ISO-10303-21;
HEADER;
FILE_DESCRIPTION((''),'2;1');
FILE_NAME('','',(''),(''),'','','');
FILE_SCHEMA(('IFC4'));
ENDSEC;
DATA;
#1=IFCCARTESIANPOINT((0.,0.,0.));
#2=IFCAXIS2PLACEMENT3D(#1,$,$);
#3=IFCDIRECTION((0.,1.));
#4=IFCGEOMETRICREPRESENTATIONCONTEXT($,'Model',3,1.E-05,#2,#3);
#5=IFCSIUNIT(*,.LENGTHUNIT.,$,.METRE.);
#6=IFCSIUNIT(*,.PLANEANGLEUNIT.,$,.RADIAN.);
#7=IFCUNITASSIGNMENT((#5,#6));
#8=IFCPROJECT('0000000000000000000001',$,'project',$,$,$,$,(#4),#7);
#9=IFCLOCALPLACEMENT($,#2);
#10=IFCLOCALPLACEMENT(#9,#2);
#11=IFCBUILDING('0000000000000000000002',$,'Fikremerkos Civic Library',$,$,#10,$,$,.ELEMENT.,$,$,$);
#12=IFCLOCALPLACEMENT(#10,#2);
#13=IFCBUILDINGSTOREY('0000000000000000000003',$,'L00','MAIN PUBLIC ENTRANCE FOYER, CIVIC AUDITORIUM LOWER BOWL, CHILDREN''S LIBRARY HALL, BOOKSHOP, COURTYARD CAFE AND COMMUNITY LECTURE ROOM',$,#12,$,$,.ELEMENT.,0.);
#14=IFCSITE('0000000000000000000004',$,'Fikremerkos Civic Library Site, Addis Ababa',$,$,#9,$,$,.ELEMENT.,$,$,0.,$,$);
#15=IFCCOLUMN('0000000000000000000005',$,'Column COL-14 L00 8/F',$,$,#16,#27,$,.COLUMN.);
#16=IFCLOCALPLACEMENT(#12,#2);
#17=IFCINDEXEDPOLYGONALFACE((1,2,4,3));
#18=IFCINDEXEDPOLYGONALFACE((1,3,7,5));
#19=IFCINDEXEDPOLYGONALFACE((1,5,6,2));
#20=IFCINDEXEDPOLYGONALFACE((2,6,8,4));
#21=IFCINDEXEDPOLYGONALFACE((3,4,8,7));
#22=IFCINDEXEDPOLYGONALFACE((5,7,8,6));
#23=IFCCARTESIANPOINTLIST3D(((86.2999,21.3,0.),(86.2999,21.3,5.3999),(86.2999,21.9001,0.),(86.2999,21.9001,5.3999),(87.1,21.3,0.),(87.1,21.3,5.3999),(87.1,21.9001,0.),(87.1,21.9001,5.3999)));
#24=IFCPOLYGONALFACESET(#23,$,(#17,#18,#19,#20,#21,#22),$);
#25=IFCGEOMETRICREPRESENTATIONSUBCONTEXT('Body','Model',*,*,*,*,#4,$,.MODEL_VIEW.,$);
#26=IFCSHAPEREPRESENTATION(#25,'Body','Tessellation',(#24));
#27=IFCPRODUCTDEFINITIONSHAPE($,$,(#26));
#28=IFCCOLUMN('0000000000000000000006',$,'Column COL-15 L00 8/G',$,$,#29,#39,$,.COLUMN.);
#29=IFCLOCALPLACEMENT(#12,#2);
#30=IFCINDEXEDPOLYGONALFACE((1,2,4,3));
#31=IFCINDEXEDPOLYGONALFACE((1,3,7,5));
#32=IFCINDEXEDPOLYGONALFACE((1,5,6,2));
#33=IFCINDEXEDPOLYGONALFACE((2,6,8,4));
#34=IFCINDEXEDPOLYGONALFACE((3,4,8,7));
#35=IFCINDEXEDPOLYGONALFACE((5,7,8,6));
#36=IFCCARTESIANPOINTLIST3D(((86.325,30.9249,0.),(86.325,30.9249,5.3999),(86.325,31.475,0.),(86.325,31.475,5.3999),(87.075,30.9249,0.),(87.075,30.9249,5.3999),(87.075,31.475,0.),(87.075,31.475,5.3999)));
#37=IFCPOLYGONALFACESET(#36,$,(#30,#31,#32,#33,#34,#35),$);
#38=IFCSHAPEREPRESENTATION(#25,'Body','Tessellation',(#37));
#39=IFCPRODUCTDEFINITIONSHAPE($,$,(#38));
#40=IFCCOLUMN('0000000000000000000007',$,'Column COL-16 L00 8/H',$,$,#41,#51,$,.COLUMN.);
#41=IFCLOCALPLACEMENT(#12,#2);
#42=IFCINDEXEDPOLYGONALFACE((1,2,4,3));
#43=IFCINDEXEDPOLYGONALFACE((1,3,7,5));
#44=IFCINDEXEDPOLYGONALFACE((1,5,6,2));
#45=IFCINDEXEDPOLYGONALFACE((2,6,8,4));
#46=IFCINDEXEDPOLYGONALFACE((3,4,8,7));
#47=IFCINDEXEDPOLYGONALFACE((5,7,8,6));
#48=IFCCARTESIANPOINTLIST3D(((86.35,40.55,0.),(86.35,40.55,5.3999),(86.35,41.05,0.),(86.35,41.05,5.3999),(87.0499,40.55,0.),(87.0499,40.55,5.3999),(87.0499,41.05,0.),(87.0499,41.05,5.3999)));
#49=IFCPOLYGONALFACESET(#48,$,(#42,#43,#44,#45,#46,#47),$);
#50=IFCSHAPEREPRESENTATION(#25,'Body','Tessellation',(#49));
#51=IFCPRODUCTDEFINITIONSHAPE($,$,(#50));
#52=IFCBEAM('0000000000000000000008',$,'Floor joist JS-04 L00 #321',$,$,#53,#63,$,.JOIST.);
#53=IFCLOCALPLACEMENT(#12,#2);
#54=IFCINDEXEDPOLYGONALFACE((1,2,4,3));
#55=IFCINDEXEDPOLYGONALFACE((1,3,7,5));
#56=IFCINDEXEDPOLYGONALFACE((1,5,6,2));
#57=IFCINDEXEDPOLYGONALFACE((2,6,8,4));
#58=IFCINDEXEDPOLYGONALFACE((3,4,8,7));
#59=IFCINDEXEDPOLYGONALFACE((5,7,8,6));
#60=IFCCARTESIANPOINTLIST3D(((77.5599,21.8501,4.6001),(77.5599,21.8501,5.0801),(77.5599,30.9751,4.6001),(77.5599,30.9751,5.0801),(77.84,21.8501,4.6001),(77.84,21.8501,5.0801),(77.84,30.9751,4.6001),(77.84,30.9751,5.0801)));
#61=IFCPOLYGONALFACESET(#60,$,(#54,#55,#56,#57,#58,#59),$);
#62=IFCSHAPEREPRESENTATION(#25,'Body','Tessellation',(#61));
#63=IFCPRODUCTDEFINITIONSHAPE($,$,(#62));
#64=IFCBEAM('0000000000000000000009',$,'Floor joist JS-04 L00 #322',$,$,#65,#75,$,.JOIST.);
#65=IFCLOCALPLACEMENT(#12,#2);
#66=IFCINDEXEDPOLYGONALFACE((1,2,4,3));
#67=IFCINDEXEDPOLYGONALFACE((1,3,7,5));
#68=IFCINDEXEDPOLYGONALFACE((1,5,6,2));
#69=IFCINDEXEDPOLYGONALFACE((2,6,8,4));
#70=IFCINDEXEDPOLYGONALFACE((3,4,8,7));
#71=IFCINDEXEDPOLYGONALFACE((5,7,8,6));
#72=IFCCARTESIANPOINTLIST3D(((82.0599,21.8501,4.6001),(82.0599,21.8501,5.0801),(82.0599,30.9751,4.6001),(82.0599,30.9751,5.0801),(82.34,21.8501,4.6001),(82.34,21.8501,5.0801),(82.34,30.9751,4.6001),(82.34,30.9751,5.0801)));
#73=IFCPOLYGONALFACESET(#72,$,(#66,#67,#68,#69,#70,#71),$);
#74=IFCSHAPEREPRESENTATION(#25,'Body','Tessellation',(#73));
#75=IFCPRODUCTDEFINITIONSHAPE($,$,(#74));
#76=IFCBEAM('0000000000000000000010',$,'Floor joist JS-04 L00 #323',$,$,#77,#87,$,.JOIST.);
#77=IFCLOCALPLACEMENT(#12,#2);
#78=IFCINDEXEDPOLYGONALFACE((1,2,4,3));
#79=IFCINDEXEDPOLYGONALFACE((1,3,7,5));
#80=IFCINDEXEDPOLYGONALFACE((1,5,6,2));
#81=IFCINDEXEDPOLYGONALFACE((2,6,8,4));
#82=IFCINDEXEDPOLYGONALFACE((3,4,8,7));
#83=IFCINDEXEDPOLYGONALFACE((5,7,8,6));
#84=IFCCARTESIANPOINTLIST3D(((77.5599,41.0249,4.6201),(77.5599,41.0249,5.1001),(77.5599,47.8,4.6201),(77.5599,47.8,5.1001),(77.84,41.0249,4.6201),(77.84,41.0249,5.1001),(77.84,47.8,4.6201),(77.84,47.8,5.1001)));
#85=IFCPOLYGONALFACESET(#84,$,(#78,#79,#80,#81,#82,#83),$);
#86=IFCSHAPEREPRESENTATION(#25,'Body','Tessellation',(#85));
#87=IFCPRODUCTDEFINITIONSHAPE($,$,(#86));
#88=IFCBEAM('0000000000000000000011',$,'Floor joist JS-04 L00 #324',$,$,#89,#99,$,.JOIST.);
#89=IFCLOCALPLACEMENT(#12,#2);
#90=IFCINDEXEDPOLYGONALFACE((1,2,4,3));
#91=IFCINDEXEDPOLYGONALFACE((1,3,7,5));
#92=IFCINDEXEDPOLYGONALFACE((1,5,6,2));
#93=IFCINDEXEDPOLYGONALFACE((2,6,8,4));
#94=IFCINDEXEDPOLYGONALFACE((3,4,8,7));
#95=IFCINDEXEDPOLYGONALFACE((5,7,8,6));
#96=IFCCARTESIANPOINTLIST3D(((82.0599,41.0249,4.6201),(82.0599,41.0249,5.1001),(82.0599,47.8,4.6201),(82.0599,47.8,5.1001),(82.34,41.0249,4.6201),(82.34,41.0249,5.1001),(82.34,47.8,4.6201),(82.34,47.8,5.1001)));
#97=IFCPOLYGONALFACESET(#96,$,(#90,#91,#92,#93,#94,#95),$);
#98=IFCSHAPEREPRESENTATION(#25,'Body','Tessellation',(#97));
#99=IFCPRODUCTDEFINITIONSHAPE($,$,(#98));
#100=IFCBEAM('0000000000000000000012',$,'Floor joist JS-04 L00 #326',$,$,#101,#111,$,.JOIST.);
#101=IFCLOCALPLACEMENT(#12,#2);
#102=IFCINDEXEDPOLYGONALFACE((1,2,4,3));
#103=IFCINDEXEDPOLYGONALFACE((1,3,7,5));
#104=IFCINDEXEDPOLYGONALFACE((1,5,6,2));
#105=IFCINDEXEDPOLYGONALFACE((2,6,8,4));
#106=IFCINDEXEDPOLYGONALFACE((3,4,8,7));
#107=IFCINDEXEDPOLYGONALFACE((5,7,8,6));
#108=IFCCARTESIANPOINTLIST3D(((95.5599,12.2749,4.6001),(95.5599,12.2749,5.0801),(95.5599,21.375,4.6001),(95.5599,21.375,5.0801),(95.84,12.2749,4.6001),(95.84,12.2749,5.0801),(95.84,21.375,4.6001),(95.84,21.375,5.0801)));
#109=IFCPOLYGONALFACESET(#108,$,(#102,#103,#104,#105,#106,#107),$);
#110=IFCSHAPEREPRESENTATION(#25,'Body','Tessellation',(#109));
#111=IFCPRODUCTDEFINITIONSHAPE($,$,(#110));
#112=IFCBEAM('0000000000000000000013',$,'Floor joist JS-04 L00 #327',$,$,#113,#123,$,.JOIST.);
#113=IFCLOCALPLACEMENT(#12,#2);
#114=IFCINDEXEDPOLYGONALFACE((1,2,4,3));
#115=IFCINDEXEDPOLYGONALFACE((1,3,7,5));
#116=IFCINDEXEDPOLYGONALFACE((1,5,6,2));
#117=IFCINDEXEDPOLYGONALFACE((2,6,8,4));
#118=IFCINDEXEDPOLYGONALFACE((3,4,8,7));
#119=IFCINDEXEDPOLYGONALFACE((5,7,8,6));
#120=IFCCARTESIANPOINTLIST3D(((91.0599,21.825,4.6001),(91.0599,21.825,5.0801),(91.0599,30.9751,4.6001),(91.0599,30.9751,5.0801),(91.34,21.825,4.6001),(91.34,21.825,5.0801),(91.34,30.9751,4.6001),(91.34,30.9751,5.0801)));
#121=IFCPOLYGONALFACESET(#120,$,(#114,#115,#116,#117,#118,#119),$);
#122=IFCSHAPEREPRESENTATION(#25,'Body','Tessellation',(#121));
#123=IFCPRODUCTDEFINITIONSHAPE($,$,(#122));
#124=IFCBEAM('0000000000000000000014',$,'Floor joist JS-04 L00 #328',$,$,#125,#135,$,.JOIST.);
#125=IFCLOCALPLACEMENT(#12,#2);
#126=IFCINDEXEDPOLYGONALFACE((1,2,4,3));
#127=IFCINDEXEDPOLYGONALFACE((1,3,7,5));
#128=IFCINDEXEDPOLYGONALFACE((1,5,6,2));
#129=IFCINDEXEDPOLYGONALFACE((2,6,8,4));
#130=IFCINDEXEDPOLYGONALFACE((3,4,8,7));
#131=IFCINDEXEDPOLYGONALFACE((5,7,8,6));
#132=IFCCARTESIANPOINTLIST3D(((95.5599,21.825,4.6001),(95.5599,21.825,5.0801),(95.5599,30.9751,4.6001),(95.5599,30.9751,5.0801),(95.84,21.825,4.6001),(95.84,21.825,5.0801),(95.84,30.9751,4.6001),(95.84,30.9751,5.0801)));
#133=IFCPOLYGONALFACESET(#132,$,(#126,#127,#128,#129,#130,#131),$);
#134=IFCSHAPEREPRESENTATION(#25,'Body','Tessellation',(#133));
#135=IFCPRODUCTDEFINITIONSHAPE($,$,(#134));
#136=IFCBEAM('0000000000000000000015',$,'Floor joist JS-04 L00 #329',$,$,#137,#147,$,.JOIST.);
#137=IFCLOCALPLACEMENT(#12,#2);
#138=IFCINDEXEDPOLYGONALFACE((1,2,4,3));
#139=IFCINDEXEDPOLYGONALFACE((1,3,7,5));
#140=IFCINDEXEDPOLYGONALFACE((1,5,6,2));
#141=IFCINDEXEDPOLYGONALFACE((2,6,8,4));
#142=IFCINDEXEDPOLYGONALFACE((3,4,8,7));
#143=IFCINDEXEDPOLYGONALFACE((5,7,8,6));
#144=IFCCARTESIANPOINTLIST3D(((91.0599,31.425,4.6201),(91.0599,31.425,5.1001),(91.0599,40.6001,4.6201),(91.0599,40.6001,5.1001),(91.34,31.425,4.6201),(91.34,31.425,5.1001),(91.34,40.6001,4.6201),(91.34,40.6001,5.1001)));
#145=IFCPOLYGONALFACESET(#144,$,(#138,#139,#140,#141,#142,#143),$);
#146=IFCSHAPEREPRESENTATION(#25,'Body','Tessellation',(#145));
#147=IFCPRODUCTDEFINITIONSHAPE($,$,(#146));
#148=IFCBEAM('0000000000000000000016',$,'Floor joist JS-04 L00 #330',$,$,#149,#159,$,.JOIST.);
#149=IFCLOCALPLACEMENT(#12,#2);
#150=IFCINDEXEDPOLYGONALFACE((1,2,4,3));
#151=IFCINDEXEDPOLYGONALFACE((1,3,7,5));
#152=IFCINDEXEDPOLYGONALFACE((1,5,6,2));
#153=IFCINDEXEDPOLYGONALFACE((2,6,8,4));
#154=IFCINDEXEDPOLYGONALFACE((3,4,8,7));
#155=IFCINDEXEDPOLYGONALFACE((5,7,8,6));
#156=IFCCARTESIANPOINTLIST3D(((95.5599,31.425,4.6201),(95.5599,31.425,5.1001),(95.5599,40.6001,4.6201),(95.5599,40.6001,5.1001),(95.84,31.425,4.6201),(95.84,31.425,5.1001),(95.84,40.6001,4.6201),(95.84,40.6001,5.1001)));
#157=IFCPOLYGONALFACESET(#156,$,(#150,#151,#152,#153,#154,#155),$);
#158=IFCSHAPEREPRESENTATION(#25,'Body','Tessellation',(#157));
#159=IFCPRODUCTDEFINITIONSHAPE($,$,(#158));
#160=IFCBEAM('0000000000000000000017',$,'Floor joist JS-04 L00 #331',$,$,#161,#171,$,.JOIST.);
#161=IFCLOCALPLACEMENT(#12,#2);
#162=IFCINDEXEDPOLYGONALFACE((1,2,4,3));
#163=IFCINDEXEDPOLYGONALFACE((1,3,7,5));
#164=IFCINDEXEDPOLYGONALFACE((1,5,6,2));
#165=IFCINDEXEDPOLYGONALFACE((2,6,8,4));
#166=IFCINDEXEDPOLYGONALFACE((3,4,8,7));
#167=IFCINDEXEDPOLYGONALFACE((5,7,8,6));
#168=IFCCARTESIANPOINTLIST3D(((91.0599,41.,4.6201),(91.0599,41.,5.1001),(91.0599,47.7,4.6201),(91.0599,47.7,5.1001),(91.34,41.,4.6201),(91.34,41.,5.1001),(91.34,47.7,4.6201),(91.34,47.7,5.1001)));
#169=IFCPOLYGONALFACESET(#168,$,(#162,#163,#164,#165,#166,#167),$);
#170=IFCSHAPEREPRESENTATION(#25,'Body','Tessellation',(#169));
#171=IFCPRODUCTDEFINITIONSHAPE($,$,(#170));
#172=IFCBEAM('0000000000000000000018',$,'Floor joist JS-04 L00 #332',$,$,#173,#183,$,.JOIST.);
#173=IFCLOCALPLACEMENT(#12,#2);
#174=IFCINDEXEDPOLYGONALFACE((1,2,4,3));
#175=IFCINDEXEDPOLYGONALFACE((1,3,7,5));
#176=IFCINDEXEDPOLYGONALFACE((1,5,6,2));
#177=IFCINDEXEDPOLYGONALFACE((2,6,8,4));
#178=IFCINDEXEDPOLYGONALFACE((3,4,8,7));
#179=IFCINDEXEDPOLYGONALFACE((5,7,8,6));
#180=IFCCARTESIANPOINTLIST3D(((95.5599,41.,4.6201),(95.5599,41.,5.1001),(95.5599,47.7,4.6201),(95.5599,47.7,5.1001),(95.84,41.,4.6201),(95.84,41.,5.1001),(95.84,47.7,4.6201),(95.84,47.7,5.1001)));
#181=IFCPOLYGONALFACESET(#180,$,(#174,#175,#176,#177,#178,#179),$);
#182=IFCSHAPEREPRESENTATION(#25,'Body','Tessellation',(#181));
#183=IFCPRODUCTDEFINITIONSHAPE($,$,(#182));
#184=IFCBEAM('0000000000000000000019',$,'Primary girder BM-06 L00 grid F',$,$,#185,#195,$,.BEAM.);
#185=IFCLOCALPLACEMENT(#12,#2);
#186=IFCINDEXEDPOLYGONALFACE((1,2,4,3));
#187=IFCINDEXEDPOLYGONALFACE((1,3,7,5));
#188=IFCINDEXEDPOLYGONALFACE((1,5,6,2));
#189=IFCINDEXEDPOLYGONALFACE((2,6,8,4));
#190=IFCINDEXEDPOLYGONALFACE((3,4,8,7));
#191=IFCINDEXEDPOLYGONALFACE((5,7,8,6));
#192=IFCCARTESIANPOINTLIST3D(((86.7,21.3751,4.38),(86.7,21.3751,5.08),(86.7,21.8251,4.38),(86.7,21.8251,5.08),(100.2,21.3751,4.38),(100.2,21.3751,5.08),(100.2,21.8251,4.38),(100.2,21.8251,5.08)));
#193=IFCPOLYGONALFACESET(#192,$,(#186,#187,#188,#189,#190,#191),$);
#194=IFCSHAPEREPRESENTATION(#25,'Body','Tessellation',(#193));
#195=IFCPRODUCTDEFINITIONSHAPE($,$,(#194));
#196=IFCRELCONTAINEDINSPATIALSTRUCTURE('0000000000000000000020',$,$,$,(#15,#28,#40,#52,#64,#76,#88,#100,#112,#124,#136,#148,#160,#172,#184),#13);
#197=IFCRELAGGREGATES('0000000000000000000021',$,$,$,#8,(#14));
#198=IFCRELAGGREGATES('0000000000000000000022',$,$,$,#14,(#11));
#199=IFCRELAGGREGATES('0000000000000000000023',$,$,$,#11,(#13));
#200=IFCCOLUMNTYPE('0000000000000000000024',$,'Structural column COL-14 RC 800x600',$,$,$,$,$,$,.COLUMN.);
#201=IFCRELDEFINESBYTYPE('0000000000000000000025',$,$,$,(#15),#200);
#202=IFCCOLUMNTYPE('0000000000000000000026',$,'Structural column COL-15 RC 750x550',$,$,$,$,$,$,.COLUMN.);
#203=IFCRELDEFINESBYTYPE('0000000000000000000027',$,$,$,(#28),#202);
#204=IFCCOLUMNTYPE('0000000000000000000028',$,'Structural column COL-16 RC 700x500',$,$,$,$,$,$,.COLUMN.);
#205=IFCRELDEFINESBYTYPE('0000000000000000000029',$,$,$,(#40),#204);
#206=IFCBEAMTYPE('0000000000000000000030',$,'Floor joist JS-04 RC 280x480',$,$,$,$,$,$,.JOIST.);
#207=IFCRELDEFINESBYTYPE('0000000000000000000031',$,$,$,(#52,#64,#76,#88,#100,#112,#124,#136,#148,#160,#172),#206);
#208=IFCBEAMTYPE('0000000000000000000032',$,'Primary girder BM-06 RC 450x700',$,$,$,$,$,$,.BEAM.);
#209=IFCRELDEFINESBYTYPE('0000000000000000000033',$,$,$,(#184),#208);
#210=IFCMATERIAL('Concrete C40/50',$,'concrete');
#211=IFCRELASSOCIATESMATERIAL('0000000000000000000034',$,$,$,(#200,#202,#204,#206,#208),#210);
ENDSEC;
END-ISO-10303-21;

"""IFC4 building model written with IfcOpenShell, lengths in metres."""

from ifc_helpers import new_model, si_unit, direction, frame, origin, origin_2d, place, context, subcontext, project, spatial, rectangle, extrude, material, material_profile, profile_set, type_object, element, save


model = new_model("IFC4")

# Units and contexts
model_context = context("Model", 3, precision=1e-05, world=origin(), true_north=direction((0.0, 1.0)))
body_context = subcontext(model_context, "Body", "Model", "MODEL_VIEW")
ifc_project = project(units=[si_unit("LENGTHUNIT", "METRE"), si_unit("PLANEANGLEUNIT", "RADIAN")], contexts=[model_context])

# Site, building, storey
site_placement = place(None, origin())
site = spatial("IfcSite", under=ifc_project, at=site_placement, Name="Fikremerkos Civic Library Site, Addis Ababa", CompositionType="ELEMENT", RefElevation=0.0)
building_placement = place(site_placement, origin())
building = spatial("IfcBuilding", under=site, at=building_placement, Name="Fikremerkos Civic Library", CompositionType="ELEMENT")
storey_placement = place(building_placement, origin())
storey = spatial("IfcBuildingStorey", under=building, at=storey_placement, Name="L00", Description="MAIN PUBLIC ENTRANCE FOYER, CIVIC AUDITORIUM LOWER BOWL, CHILDREN'S LIBRARY HALL, BOOKSHOP, COURTYARD CAFE AND COMMUNITY LECTURE ROOM", CompositionType="ELEMENT", Elevation=0.0)

# Columns
ifc_material_1 = material(Name="Concrete C40/50", Category="concrete")
ifc_material_profile_1 = material_profile(ifc_material_1, rectangle(XDim=0.8, YDim=0.6001, at=origin_2d()), Name="RC 800x600")
ifc_profile_set_1 = profile_set([ifc_material_profile_1], Name="Concrete C40/50")
column_type_1 = type_object("IfcColumnType", Name="Structural column COL-14 RC 800x600", PredefinedType="COLUMN", material=ifc_profile_set_1)
column_1_placement = place(storey_placement, frame((86.7, 21.6001, 0.0), z_axis=(0.0, 0.0, 1.0), x_axis=(1.0, 0.0, 0.0)))
element("IfcColumn", 1, at=column_1_placement, inside=storey, type_object=column_type_1, Name="Column COL-14 L00 8/F", PredefinedType="COLUMN", context=body_context, shape_type="SweptSolid", body=[
    extrude(rectangle(XDim=0.8, YDim=0.6001, at=origin_2d()), origin(), (0.0, 0.0, 1.0), 5.3999),
])
ifc_material_profile_2 = material_profile(ifc_material_1, rectangle(XDim=0.75, YDim=0.55, at=origin_2d()), Name="RC 750x550")
ifc_profile_set_2 = profile_set([ifc_material_profile_2], Name="Concrete C40/50")
column_type_2 = type_object("IfcColumnType", Name="Structural column COL-15 RC 750x550", PredefinedType="COLUMN", material=ifc_profile_set_2)
column_2_placement = place(storey_placement, frame((86.7, 31.2, 0.0), z_axis=(0.0, 0.0, 1.0), x_axis=(1.0, 0.0, 0.0)))
element("IfcColumn", 2, at=column_2_placement, inside=storey, type_object=column_type_2, Name="Column COL-15 L00 8/G", PredefinedType="COLUMN", context=body_context, shape_type="SweptSolid", body=[
    extrude(rectangle(XDim=0.75, YDim=0.55, at=origin_2d()), origin(), (0.0, 0.0, 1.0), 5.3999),
])
ifc_material_profile_3 = material_profile(ifc_material_1, rectangle(XDim=0.7, YDim=0.5, at=origin_2d()), Name="RC 700x500")
ifc_profile_set_3 = profile_set([ifc_material_profile_3], Name="Concrete C40/50")
column_type_3 = type_object("IfcColumnType", Name="Structural column COL-16 RC 700x500", PredefinedType="COLUMN", material=ifc_profile_set_3)
column_3_placement = place(storey_placement, frame((86.7, 40.8, 0.0), z_axis=(0.0, 0.0, 1.0), x_axis=(1.0, 0.0, 0.0)))
element("IfcColumn", 3, at=column_3_placement, inside=storey, type_object=column_type_3, Name="Column COL-16 L00 8/H", PredefinedType="COLUMN", context=body_context, shape_type="SweptSolid", body=[
    extrude(rectangle(XDim=0.7, YDim=0.5, at=origin_2d()), origin(), (0.0, 0.0, 1.0), 5.3999),
])

# Beams
ifc_material_profile_4 = material_profile(ifc_material_1, rectangle(XDim=0.28, YDim=0.48, at=origin_2d()), Name="RC 280x480")
ifc_profile_set_4 = profile_set([ifc_material_profile_4], Name="Concrete C40/50")
beam_type_1 = type_object("IfcBeamType", Name="Floor joist JS-04 RC 280x480", PredefinedType="JOIST", material=ifc_profile_set_4)
for number, where, z_axis, x_axis, name in (
    (4, (77.7, 21.8501, 4.8401), (0.0, 1.0, 0.0), (-1.0, 0.0, 0.0), "Floor joist JS-04 L00 #321"),
    (5, (82.2, 21.8501, 4.8401), (0.0, 1.0, 0.0), (-1.0, 0.0, 0.0), "Floor joist JS-04 L00 #322"),
):
    element("IfcBeam", number, at=place(storey_placement, frame(where, z_axis=z_axis, x_axis=x_axis)), inside=storey, type_object=beam_type_1, Name=name, PredefinedType="JOIST", context=body_context, shape_type="SweptSolid", body=[
        extrude(rectangle(XDim=0.28, YDim=0.48, at=origin_2d()), origin(), (0.0, 0.0, 1.0), 9.125),
    ])
for number, where, z_axis, x_axis, name in (
    (6, (77.7, 41.0249, 4.8601), (0.0, 1.0, 0.0), (-1.0, 0.0, 0.0), "Floor joist JS-04 L00 #323"),
    (7, (82.2, 41.0249, 4.8601), (0.0, 1.0, 0.0), (-1.0, 0.0, 0.0), "Floor joist JS-04 L00 #324"),
):
    element("IfcBeam", number, at=place(storey_placement, frame(where, z_axis=z_axis, x_axis=x_axis)), inside=storey, type_object=beam_type_1, Name=name, PredefinedType="JOIST", context=body_context, shape_type="SweptSolid", body=[
        extrude(rectangle(XDim=0.28, YDim=0.48, at=origin_2d()), origin(), (0.0, 0.0, 1.0), 6.7751),
    ])
beam_1_placement = place(storey_placement, frame((95.7, 12.2749, 4.8401), z_axis=(0.0, 1.0, 0.0), x_axis=(-1.0, 0.0, 0.0)))
element("IfcBeam", 8, at=beam_1_placement, inside=storey, type_object=beam_type_1, Name="Floor joist JS-04 L00 #326", PredefinedType="JOIST", context=body_context, shape_type="SweptSolid", body=[
    extrude(rectangle(XDim=0.28, YDim=0.48, at=origin_2d()), origin(), (0.0, 0.0, 1.0), 9.1001),
])
for number, where, z_axis, x_axis, name in (
    (9, (91.2, 21.825, 4.8401), (0.0, 1.0, 0.0), (-1.0, 0.0, 0.0), "Floor joist JS-04 L00 #327"),
    (10, (95.7, 21.825, 4.8401), (0.0, 1.0, 0.0), (-1.0, 0.0, 0.0), "Floor joist JS-04 L00 #328"),
):
    element("IfcBeam", number, at=place(storey_placement, frame(where, z_axis=z_axis, x_axis=x_axis)), inside=storey, type_object=beam_type_1, Name=name, PredefinedType="JOIST", context=body_context, shape_type="SweptSolid", body=[
        extrude(rectangle(XDim=0.28, YDim=0.48, at=origin_2d()), origin(), (0.0, 0.0, 1.0), 9.1501),
    ])
for number, where, z_axis, x_axis, name in (
    (11, (91.2, 31.425, 4.8601), (0.0, 1.0, 0.0), (-1.0, 0.0, 0.0), "Floor joist JS-04 L00 #329"),
    (12, (95.7, 31.425, 4.8601), (0.0, 1.0, 0.0), (-1.0, 0.0, 0.0), "Floor joist JS-04 L00 #330"),
):
    element("IfcBeam", number, at=place(storey_placement, frame(where, z_axis=z_axis, x_axis=x_axis)), inside=storey, type_object=beam_type_1, Name=name, PredefinedType="JOIST", context=body_context, shape_type="SweptSolid", body=[
        extrude(rectangle(XDim=0.28, YDim=0.48, at=origin_2d()), origin(), (0.0, 0.0, 1.0), 9.175),
    ])
for number, where, z_axis, x_axis, name in (
    (13, (91.2, 41.0, 4.8601), (0.0, 1.0, 0.0), (-1.0, 0.0, 0.0), "Floor joist JS-04 L00 #331"),
    (14, (95.7, 41.0, 4.8601), (0.0, 1.0, 0.0), (-1.0, 0.0, 0.0), "Floor joist JS-04 L00 #332"),
):
    element("IfcBeam", number, at=place(storey_placement, frame(where, z_axis=z_axis, x_axis=x_axis)), inside=storey, type_object=beam_type_1, Name=name, PredefinedType="JOIST", context=body_context, shape_type="SweptSolid", body=[
        extrude(rectangle(XDim=0.28, YDim=0.48, at=origin_2d()), origin(), (0.0, 0.0, 1.0), 6.7),
    ])
ifc_material_profile_5 = material_profile(ifc_material_1, rectangle(XDim=0.45, YDim=0.7, at=origin_2d()), Name="RC 450x700")
ifc_profile_set_5 = profile_set([ifc_material_profile_5], Name="Concrete C40/50")
beam_type_2 = type_object("IfcBeamType", Name="Primary girder BM-06 RC 450x700", PredefinedType="BEAM", material=ifc_profile_set_5)
beam_2_placement = place(storey_placement, frame((86.7, 21.6001, 4.73), z_axis=(1.0, 0.0, 0.0), x_axis=(0.0, 1.0, 0.0)))
element("IfcBeam", 15, at=beam_2_placement, inside=storey, type_object=beam_type_2, Name="Primary girder BM-06 L00 grid F", PredefinedType="BEAM", context=body_context, shape_type="SweptSolid", body=[
    extrude(rectangle(XDim=0.45, YDim=0.7, at=origin_2d()), origin(), (0.0, 0.0, 1.0), 13.5),
])

save(model, "model.ifc")
